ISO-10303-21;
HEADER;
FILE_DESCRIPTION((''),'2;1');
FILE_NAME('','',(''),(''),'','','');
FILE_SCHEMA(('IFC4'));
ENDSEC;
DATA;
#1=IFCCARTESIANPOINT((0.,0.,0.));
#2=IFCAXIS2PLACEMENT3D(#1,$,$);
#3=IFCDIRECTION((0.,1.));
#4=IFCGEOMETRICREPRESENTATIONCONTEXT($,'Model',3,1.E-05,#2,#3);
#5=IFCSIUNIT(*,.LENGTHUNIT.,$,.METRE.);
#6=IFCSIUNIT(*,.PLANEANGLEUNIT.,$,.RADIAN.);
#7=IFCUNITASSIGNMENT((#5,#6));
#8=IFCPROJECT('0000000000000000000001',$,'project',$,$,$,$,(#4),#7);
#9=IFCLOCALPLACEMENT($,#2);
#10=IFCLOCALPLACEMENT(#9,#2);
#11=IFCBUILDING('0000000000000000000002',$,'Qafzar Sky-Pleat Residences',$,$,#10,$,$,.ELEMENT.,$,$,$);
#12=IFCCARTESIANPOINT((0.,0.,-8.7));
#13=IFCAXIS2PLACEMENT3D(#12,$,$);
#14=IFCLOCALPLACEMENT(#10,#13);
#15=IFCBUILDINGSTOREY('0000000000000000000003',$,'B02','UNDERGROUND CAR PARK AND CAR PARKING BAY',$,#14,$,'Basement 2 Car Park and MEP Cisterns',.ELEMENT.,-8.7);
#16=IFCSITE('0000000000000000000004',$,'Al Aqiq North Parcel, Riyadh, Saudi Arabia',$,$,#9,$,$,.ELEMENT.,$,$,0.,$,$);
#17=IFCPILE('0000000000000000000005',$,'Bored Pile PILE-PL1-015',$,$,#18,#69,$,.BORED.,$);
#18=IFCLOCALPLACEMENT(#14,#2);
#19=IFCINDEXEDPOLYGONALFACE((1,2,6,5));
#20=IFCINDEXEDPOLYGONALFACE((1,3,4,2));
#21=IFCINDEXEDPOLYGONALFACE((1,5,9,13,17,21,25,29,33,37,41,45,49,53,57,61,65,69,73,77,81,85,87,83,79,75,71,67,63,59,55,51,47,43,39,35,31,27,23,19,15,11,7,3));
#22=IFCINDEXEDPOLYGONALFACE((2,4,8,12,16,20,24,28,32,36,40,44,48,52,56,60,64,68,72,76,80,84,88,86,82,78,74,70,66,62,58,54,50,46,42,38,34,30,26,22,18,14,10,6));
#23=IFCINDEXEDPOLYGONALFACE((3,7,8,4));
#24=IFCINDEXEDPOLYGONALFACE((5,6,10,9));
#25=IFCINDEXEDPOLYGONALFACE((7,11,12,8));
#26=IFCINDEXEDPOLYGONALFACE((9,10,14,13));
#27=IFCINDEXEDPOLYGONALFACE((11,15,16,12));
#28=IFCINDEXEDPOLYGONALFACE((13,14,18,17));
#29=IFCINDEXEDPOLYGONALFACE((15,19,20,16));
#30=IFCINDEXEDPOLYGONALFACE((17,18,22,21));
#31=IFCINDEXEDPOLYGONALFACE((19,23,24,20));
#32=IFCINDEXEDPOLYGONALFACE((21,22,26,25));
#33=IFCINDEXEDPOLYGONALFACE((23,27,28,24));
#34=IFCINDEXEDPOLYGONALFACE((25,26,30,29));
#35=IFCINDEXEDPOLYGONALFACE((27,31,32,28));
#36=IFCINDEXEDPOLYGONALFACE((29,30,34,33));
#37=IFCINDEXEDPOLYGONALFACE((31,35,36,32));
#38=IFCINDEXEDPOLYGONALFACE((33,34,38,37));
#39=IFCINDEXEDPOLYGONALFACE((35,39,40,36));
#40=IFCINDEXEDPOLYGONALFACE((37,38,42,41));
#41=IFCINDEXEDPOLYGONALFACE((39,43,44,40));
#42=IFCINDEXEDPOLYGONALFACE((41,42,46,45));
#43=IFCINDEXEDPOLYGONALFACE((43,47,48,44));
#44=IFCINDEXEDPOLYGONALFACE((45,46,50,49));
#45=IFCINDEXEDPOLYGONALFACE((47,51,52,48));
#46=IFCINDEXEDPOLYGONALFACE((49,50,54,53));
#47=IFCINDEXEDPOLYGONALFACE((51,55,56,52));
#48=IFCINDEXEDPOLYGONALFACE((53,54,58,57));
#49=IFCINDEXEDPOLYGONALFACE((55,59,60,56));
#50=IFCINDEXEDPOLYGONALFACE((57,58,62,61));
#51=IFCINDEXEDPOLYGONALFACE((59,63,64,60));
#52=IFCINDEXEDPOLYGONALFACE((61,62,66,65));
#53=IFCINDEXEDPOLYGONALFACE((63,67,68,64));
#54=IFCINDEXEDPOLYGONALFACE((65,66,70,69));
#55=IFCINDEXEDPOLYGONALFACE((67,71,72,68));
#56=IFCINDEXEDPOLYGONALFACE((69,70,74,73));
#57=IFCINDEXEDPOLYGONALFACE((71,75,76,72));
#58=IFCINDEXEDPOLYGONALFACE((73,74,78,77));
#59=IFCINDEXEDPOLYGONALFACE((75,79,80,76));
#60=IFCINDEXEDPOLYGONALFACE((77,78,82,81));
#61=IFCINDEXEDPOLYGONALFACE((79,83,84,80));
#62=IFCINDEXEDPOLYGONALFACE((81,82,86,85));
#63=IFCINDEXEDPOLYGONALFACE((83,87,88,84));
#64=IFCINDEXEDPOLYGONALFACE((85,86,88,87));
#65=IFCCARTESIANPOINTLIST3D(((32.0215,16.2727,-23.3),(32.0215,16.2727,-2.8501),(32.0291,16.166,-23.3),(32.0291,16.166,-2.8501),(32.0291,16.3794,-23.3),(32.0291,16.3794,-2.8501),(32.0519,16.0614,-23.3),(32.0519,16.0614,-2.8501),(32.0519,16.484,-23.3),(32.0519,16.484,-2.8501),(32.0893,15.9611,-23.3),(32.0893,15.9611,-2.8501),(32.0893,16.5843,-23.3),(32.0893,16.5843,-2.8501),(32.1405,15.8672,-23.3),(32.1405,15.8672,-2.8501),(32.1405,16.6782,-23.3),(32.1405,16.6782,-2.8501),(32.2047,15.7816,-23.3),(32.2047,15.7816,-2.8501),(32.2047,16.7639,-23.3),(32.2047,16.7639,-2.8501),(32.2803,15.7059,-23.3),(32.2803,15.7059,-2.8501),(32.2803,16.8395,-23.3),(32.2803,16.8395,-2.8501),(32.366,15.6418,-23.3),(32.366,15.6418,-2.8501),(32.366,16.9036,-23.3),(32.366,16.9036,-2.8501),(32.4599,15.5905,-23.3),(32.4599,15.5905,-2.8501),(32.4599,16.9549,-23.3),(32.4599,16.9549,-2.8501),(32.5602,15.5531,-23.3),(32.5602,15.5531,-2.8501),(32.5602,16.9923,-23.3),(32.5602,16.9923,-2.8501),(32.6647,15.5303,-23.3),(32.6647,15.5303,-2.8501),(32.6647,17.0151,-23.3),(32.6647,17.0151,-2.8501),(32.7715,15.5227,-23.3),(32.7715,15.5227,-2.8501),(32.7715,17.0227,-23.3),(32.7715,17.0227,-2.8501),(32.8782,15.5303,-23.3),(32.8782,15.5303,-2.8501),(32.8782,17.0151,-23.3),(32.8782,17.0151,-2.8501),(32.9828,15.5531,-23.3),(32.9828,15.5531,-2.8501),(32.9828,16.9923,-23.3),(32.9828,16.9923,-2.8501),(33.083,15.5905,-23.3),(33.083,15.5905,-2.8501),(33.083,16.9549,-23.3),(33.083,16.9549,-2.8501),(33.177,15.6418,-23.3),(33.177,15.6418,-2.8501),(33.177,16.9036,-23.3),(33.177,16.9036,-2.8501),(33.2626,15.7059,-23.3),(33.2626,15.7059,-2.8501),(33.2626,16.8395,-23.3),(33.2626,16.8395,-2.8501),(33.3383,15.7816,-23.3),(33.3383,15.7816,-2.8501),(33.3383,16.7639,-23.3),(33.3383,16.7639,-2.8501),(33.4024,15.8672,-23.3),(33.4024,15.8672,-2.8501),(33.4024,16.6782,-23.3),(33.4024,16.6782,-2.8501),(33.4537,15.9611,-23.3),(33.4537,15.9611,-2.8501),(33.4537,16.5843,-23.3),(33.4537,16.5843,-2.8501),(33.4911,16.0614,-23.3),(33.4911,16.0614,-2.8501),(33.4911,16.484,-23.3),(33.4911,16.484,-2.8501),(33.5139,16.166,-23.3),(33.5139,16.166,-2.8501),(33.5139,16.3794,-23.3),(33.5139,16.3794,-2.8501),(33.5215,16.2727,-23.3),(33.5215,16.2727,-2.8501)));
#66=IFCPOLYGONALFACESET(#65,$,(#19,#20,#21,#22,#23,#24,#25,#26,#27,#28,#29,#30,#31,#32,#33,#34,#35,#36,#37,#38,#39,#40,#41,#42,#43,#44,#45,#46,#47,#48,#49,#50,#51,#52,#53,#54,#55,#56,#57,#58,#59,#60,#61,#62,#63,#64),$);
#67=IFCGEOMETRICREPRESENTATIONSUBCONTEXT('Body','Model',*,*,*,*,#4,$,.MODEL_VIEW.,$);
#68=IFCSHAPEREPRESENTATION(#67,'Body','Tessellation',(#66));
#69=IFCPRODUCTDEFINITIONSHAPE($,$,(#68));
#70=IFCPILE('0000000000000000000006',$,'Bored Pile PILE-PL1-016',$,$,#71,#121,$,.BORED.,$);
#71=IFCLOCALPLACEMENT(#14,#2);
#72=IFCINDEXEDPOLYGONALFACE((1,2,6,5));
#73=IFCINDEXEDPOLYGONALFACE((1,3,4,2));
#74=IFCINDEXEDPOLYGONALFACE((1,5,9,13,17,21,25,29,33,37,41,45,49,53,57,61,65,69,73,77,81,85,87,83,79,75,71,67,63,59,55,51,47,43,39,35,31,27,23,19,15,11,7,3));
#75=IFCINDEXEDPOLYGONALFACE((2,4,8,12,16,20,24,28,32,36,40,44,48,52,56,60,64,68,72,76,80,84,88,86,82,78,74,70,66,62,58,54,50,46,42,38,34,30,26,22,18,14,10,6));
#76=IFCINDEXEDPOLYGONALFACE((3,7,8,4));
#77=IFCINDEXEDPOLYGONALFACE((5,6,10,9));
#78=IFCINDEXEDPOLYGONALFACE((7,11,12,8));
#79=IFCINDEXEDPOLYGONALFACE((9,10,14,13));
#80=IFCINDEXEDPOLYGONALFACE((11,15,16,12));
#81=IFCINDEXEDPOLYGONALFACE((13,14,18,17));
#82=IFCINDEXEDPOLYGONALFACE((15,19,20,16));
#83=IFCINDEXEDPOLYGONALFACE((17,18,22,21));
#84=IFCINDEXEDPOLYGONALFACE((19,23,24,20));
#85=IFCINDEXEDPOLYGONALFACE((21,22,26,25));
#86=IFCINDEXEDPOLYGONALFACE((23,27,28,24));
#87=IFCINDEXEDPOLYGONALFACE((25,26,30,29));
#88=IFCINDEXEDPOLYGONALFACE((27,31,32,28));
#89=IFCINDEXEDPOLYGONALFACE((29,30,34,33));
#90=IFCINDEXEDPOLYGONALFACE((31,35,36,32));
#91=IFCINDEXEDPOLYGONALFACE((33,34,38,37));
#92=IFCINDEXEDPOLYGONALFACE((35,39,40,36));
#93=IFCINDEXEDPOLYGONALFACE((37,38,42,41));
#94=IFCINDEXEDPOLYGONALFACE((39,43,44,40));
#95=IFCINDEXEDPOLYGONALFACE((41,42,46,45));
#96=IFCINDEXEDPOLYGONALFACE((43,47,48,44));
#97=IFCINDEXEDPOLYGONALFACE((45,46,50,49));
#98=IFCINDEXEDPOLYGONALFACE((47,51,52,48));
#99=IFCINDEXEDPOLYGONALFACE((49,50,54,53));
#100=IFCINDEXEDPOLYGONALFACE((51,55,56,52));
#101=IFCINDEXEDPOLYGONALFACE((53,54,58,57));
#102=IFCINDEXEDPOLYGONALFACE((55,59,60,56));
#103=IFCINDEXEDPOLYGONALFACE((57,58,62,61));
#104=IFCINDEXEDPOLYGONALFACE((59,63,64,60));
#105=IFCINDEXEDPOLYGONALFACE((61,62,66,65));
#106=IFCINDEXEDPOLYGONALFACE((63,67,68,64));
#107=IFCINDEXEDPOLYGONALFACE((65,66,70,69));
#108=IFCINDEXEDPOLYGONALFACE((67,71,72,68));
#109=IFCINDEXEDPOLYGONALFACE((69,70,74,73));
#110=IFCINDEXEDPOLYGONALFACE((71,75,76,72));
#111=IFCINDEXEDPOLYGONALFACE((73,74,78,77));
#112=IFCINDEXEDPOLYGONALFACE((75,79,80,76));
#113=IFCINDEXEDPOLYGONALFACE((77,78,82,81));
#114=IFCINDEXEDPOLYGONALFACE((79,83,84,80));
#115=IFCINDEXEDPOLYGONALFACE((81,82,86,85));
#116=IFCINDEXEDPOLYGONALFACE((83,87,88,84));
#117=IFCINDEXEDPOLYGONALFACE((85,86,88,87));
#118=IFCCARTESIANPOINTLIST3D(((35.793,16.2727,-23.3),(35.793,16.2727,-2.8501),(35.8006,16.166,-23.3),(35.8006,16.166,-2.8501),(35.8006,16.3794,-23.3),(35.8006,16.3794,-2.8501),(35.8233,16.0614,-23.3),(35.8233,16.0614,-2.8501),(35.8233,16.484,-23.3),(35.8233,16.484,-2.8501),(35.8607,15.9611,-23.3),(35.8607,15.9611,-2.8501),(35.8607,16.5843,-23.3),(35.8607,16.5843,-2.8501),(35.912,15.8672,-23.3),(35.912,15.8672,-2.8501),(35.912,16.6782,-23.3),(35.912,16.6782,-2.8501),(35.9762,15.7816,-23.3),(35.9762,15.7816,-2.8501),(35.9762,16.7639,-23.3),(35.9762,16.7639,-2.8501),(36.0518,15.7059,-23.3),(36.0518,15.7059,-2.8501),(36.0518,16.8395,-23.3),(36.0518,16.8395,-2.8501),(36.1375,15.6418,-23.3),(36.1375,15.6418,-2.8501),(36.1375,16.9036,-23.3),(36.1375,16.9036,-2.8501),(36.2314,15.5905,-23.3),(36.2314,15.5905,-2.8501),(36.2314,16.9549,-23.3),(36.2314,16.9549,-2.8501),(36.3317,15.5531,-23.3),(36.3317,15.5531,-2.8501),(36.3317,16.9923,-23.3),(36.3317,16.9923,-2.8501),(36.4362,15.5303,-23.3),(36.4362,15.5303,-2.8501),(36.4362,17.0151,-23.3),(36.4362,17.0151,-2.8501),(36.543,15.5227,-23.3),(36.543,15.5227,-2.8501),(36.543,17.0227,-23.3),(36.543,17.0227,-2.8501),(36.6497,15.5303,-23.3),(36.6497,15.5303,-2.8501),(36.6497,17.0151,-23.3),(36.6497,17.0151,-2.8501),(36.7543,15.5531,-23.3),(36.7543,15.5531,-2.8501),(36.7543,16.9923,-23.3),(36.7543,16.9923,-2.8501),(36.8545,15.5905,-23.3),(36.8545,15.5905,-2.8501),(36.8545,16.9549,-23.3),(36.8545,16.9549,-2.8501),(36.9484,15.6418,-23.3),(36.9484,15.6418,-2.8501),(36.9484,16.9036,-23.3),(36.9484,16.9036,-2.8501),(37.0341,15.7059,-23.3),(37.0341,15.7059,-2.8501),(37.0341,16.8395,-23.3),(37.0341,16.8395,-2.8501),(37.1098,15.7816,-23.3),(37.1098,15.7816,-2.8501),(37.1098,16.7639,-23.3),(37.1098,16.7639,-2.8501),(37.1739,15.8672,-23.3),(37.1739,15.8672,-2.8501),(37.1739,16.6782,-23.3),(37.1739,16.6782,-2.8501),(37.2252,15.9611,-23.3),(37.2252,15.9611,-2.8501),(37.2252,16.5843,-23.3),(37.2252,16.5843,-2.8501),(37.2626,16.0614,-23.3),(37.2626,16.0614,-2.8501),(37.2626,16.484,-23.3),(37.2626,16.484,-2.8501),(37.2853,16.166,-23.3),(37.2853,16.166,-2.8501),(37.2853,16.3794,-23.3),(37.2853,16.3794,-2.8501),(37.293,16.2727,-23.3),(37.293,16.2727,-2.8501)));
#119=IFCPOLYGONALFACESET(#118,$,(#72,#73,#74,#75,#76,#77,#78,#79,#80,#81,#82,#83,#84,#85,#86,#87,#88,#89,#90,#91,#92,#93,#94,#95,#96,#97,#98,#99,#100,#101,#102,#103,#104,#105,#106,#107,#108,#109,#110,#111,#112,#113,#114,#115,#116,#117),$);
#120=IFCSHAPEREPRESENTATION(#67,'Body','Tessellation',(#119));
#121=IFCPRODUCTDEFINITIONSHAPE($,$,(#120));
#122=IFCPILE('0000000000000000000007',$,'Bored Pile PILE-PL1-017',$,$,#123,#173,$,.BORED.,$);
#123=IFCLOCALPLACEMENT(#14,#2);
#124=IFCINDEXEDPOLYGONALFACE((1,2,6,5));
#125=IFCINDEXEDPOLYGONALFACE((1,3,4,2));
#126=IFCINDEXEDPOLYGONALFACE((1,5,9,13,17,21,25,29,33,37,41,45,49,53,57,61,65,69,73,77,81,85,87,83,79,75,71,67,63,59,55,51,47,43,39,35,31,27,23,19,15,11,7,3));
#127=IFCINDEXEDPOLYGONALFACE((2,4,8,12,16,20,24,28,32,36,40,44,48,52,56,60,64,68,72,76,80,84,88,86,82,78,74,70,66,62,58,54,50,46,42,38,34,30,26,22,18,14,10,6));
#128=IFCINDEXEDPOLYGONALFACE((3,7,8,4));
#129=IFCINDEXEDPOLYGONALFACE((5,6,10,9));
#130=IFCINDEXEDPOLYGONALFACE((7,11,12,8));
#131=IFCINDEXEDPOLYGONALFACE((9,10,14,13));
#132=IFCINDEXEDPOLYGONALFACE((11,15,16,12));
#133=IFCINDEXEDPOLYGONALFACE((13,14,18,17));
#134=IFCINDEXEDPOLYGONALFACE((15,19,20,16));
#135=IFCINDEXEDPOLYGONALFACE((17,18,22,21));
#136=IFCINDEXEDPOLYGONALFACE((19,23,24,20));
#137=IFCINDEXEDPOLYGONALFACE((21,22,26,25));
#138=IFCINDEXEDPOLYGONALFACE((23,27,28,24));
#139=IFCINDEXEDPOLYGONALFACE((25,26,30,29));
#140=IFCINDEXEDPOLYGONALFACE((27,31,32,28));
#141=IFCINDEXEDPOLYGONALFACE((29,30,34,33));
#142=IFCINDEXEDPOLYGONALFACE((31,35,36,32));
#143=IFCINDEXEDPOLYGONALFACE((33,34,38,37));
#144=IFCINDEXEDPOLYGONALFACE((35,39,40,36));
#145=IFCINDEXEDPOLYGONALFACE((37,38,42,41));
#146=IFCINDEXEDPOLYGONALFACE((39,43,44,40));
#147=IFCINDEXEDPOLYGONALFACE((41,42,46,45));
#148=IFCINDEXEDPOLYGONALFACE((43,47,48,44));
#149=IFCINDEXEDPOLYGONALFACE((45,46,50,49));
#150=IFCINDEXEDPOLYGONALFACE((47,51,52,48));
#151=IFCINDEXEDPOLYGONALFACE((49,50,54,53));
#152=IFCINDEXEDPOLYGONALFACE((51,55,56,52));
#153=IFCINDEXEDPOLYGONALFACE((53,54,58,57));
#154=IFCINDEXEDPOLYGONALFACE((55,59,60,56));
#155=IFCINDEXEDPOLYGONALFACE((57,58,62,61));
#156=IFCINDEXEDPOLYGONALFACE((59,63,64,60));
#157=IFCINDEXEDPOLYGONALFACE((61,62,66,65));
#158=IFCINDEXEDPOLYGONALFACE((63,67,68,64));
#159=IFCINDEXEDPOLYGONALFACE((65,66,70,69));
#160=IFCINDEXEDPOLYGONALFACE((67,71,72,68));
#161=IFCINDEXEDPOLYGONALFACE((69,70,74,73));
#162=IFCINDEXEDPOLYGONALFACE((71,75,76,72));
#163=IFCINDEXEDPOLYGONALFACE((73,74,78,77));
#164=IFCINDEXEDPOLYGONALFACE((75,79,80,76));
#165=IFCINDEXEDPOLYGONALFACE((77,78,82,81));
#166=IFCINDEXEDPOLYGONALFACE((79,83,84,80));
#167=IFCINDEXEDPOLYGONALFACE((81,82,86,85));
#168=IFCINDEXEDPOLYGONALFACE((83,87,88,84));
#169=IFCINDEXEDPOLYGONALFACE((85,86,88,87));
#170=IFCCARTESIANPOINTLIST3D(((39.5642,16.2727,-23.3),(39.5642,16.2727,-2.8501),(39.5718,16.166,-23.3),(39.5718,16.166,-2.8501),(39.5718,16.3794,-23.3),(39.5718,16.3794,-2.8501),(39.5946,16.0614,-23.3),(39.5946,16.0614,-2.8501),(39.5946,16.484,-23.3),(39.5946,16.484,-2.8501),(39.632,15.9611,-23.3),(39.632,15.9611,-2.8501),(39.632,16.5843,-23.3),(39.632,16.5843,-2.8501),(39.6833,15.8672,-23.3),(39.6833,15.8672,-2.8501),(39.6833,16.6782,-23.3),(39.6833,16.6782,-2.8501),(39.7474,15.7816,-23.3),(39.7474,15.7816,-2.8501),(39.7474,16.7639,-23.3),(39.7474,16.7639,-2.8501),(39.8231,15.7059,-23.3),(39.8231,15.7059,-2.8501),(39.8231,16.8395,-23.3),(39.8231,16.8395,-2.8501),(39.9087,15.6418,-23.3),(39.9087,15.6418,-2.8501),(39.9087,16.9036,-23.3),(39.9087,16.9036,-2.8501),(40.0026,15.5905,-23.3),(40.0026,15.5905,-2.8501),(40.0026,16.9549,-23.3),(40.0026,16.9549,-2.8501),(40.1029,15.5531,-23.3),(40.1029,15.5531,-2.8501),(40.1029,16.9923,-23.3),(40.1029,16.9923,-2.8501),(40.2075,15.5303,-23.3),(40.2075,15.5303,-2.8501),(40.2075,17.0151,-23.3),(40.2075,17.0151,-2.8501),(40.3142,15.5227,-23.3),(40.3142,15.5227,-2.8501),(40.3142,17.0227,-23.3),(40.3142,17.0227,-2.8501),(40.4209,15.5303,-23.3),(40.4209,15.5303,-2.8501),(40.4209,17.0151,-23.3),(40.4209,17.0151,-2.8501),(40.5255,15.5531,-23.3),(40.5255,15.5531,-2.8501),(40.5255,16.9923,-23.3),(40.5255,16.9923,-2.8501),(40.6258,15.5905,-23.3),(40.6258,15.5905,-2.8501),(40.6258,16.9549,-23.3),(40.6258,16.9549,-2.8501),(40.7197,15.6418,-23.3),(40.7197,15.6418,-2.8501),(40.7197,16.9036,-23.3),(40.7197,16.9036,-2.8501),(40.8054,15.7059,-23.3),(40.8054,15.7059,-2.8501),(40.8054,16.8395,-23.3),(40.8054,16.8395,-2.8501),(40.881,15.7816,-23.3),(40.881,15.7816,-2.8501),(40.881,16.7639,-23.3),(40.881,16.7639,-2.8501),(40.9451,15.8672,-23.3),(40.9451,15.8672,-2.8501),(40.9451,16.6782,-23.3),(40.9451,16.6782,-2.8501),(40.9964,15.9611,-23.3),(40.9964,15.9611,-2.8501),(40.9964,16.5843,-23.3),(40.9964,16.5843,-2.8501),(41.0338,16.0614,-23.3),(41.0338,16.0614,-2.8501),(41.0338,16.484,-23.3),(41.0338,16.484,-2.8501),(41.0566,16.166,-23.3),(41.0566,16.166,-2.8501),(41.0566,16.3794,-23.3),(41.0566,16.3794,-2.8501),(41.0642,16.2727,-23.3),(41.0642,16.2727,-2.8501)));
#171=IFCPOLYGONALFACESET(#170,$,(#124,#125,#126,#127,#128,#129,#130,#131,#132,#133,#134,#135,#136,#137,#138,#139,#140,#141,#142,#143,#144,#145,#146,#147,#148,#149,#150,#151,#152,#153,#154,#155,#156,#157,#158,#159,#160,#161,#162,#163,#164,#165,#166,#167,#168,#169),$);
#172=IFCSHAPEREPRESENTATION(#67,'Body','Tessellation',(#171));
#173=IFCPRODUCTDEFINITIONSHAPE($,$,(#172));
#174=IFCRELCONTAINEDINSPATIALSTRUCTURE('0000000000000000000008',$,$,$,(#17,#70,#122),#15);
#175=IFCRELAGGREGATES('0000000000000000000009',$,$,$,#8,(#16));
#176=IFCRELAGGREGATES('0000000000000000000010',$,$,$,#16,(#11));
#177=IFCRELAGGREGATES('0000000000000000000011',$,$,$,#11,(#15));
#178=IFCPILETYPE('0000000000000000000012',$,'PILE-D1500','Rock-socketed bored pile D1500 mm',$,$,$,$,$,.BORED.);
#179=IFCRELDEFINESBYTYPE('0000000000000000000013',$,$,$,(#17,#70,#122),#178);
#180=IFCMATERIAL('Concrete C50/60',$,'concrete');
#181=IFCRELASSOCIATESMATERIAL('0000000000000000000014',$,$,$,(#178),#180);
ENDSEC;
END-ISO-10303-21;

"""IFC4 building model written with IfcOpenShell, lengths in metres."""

from ifc_helpers import new_model, si_unit, direction, frame, origin, origin_2d, place, context, subcontext, project, spatial, circle, extrude, source, transform, mapped, material, material_profile, profile_set, type_object, element, save


model = new_model("IFC4")

# Units and contexts
model_context = context("Model", 3, precision=1e-05, world=origin(), true_north=direction((0.0, 1.0)))
body_context = subcontext(model_context, "Body", "Model", "MODEL_VIEW")
ifc_project = project(units=[si_unit("LENGTHUNIT", "METRE"), si_unit("PLANEANGLEUNIT", "RADIAN")], contexts=[model_context])

# Site, building, storey
site_placement = place(None, origin())
site = spatial("IfcSite", under=ifc_project, at=site_placement, Name="Al Aqiq North Parcel, Riyadh, Saudi Arabia", CompositionType="ELEMENT", RefElevation=0.0)
building_placement = place(site_placement, origin())
building = spatial("IfcBuilding", under=site, at=building_placement, Name="Qafzar Sky-Pleat Residences", CompositionType="ELEMENT")
storey_placement = place(building_placement, frame((0.0, 0.0, -8.7)))
storey = spatial("IfcBuildingStorey", under=building, at=storey_placement, Name="B02", Description="UNDERGROUND CAR PARK AND CAR PARKING BAY", LongName="Basement 2 Car Park and MEP Cisterns", CompositionType="ELEMENT", Elevation=-8.7)

# Piles
ifc_material_1 = material(Name="Concrete C50/60", Category="concrete")
ifc_material_profile_1 = material_profile(ifc_material_1, circle(Radius=0.75, at=origin_2d()), Name="PILE D1500")
ifc_profile_set_1 = profile_set([ifc_material_profile_1], Name="Concrete C50/60")
pile_type = type_object("IfcPileType", Name="PILE-D1500", Description="Rock-socketed bored pile D1500 mm", PredefinedType="BORED", material=ifc_profile_set_1)
shared_shape_1 = source(origin(), body_context, "Body", "SweptSolid", [
    extrude(circle(Radius=0.75, at=origin_2d()), origin(), (0.0, 0.0, 1.0), 20.45),
])
for number, where, z_axis, x_axis, name in (
    (1, (32.7715, 16.2727, -2.8501), (0.0, 0.0, -1.0), (1.0, 0.0, 0.0), "Bored Pile PILE-PL1-015"),
    (2, (36.543, 16.2727, -2.8501), (0.0, 0.0, -1.0), (1.0, 0.0, 0.0), "Bored Pile PILE-PL1-016"),
    (3, (40.3142, 16.2727, -2.8501), (0.0, 0.0, -1.0), (1.0, 0.0, 0.0), "Bored Pile PILE-PL1-017"),
):
    element("IfcPile", number, at=place(storey_placement, frame(where, z_axis=z_axis, x_axis=x_axis)), inside=storey, type_object=pile_type, Name=name, PredefinedType="BORED", context=body_context, shape_type="MappedRepresentation", body=[
        mapped(shared_shape_1, transform((0.0, 0.0, 0.0), x_axis=(1.0, 0.0, 0.0), y_axis=(0.0, 1.0, 0.0), z_axis=(0.0, 0.0, 1.0), scale=1.0)),
    ])

save(model, "model.ifc")
